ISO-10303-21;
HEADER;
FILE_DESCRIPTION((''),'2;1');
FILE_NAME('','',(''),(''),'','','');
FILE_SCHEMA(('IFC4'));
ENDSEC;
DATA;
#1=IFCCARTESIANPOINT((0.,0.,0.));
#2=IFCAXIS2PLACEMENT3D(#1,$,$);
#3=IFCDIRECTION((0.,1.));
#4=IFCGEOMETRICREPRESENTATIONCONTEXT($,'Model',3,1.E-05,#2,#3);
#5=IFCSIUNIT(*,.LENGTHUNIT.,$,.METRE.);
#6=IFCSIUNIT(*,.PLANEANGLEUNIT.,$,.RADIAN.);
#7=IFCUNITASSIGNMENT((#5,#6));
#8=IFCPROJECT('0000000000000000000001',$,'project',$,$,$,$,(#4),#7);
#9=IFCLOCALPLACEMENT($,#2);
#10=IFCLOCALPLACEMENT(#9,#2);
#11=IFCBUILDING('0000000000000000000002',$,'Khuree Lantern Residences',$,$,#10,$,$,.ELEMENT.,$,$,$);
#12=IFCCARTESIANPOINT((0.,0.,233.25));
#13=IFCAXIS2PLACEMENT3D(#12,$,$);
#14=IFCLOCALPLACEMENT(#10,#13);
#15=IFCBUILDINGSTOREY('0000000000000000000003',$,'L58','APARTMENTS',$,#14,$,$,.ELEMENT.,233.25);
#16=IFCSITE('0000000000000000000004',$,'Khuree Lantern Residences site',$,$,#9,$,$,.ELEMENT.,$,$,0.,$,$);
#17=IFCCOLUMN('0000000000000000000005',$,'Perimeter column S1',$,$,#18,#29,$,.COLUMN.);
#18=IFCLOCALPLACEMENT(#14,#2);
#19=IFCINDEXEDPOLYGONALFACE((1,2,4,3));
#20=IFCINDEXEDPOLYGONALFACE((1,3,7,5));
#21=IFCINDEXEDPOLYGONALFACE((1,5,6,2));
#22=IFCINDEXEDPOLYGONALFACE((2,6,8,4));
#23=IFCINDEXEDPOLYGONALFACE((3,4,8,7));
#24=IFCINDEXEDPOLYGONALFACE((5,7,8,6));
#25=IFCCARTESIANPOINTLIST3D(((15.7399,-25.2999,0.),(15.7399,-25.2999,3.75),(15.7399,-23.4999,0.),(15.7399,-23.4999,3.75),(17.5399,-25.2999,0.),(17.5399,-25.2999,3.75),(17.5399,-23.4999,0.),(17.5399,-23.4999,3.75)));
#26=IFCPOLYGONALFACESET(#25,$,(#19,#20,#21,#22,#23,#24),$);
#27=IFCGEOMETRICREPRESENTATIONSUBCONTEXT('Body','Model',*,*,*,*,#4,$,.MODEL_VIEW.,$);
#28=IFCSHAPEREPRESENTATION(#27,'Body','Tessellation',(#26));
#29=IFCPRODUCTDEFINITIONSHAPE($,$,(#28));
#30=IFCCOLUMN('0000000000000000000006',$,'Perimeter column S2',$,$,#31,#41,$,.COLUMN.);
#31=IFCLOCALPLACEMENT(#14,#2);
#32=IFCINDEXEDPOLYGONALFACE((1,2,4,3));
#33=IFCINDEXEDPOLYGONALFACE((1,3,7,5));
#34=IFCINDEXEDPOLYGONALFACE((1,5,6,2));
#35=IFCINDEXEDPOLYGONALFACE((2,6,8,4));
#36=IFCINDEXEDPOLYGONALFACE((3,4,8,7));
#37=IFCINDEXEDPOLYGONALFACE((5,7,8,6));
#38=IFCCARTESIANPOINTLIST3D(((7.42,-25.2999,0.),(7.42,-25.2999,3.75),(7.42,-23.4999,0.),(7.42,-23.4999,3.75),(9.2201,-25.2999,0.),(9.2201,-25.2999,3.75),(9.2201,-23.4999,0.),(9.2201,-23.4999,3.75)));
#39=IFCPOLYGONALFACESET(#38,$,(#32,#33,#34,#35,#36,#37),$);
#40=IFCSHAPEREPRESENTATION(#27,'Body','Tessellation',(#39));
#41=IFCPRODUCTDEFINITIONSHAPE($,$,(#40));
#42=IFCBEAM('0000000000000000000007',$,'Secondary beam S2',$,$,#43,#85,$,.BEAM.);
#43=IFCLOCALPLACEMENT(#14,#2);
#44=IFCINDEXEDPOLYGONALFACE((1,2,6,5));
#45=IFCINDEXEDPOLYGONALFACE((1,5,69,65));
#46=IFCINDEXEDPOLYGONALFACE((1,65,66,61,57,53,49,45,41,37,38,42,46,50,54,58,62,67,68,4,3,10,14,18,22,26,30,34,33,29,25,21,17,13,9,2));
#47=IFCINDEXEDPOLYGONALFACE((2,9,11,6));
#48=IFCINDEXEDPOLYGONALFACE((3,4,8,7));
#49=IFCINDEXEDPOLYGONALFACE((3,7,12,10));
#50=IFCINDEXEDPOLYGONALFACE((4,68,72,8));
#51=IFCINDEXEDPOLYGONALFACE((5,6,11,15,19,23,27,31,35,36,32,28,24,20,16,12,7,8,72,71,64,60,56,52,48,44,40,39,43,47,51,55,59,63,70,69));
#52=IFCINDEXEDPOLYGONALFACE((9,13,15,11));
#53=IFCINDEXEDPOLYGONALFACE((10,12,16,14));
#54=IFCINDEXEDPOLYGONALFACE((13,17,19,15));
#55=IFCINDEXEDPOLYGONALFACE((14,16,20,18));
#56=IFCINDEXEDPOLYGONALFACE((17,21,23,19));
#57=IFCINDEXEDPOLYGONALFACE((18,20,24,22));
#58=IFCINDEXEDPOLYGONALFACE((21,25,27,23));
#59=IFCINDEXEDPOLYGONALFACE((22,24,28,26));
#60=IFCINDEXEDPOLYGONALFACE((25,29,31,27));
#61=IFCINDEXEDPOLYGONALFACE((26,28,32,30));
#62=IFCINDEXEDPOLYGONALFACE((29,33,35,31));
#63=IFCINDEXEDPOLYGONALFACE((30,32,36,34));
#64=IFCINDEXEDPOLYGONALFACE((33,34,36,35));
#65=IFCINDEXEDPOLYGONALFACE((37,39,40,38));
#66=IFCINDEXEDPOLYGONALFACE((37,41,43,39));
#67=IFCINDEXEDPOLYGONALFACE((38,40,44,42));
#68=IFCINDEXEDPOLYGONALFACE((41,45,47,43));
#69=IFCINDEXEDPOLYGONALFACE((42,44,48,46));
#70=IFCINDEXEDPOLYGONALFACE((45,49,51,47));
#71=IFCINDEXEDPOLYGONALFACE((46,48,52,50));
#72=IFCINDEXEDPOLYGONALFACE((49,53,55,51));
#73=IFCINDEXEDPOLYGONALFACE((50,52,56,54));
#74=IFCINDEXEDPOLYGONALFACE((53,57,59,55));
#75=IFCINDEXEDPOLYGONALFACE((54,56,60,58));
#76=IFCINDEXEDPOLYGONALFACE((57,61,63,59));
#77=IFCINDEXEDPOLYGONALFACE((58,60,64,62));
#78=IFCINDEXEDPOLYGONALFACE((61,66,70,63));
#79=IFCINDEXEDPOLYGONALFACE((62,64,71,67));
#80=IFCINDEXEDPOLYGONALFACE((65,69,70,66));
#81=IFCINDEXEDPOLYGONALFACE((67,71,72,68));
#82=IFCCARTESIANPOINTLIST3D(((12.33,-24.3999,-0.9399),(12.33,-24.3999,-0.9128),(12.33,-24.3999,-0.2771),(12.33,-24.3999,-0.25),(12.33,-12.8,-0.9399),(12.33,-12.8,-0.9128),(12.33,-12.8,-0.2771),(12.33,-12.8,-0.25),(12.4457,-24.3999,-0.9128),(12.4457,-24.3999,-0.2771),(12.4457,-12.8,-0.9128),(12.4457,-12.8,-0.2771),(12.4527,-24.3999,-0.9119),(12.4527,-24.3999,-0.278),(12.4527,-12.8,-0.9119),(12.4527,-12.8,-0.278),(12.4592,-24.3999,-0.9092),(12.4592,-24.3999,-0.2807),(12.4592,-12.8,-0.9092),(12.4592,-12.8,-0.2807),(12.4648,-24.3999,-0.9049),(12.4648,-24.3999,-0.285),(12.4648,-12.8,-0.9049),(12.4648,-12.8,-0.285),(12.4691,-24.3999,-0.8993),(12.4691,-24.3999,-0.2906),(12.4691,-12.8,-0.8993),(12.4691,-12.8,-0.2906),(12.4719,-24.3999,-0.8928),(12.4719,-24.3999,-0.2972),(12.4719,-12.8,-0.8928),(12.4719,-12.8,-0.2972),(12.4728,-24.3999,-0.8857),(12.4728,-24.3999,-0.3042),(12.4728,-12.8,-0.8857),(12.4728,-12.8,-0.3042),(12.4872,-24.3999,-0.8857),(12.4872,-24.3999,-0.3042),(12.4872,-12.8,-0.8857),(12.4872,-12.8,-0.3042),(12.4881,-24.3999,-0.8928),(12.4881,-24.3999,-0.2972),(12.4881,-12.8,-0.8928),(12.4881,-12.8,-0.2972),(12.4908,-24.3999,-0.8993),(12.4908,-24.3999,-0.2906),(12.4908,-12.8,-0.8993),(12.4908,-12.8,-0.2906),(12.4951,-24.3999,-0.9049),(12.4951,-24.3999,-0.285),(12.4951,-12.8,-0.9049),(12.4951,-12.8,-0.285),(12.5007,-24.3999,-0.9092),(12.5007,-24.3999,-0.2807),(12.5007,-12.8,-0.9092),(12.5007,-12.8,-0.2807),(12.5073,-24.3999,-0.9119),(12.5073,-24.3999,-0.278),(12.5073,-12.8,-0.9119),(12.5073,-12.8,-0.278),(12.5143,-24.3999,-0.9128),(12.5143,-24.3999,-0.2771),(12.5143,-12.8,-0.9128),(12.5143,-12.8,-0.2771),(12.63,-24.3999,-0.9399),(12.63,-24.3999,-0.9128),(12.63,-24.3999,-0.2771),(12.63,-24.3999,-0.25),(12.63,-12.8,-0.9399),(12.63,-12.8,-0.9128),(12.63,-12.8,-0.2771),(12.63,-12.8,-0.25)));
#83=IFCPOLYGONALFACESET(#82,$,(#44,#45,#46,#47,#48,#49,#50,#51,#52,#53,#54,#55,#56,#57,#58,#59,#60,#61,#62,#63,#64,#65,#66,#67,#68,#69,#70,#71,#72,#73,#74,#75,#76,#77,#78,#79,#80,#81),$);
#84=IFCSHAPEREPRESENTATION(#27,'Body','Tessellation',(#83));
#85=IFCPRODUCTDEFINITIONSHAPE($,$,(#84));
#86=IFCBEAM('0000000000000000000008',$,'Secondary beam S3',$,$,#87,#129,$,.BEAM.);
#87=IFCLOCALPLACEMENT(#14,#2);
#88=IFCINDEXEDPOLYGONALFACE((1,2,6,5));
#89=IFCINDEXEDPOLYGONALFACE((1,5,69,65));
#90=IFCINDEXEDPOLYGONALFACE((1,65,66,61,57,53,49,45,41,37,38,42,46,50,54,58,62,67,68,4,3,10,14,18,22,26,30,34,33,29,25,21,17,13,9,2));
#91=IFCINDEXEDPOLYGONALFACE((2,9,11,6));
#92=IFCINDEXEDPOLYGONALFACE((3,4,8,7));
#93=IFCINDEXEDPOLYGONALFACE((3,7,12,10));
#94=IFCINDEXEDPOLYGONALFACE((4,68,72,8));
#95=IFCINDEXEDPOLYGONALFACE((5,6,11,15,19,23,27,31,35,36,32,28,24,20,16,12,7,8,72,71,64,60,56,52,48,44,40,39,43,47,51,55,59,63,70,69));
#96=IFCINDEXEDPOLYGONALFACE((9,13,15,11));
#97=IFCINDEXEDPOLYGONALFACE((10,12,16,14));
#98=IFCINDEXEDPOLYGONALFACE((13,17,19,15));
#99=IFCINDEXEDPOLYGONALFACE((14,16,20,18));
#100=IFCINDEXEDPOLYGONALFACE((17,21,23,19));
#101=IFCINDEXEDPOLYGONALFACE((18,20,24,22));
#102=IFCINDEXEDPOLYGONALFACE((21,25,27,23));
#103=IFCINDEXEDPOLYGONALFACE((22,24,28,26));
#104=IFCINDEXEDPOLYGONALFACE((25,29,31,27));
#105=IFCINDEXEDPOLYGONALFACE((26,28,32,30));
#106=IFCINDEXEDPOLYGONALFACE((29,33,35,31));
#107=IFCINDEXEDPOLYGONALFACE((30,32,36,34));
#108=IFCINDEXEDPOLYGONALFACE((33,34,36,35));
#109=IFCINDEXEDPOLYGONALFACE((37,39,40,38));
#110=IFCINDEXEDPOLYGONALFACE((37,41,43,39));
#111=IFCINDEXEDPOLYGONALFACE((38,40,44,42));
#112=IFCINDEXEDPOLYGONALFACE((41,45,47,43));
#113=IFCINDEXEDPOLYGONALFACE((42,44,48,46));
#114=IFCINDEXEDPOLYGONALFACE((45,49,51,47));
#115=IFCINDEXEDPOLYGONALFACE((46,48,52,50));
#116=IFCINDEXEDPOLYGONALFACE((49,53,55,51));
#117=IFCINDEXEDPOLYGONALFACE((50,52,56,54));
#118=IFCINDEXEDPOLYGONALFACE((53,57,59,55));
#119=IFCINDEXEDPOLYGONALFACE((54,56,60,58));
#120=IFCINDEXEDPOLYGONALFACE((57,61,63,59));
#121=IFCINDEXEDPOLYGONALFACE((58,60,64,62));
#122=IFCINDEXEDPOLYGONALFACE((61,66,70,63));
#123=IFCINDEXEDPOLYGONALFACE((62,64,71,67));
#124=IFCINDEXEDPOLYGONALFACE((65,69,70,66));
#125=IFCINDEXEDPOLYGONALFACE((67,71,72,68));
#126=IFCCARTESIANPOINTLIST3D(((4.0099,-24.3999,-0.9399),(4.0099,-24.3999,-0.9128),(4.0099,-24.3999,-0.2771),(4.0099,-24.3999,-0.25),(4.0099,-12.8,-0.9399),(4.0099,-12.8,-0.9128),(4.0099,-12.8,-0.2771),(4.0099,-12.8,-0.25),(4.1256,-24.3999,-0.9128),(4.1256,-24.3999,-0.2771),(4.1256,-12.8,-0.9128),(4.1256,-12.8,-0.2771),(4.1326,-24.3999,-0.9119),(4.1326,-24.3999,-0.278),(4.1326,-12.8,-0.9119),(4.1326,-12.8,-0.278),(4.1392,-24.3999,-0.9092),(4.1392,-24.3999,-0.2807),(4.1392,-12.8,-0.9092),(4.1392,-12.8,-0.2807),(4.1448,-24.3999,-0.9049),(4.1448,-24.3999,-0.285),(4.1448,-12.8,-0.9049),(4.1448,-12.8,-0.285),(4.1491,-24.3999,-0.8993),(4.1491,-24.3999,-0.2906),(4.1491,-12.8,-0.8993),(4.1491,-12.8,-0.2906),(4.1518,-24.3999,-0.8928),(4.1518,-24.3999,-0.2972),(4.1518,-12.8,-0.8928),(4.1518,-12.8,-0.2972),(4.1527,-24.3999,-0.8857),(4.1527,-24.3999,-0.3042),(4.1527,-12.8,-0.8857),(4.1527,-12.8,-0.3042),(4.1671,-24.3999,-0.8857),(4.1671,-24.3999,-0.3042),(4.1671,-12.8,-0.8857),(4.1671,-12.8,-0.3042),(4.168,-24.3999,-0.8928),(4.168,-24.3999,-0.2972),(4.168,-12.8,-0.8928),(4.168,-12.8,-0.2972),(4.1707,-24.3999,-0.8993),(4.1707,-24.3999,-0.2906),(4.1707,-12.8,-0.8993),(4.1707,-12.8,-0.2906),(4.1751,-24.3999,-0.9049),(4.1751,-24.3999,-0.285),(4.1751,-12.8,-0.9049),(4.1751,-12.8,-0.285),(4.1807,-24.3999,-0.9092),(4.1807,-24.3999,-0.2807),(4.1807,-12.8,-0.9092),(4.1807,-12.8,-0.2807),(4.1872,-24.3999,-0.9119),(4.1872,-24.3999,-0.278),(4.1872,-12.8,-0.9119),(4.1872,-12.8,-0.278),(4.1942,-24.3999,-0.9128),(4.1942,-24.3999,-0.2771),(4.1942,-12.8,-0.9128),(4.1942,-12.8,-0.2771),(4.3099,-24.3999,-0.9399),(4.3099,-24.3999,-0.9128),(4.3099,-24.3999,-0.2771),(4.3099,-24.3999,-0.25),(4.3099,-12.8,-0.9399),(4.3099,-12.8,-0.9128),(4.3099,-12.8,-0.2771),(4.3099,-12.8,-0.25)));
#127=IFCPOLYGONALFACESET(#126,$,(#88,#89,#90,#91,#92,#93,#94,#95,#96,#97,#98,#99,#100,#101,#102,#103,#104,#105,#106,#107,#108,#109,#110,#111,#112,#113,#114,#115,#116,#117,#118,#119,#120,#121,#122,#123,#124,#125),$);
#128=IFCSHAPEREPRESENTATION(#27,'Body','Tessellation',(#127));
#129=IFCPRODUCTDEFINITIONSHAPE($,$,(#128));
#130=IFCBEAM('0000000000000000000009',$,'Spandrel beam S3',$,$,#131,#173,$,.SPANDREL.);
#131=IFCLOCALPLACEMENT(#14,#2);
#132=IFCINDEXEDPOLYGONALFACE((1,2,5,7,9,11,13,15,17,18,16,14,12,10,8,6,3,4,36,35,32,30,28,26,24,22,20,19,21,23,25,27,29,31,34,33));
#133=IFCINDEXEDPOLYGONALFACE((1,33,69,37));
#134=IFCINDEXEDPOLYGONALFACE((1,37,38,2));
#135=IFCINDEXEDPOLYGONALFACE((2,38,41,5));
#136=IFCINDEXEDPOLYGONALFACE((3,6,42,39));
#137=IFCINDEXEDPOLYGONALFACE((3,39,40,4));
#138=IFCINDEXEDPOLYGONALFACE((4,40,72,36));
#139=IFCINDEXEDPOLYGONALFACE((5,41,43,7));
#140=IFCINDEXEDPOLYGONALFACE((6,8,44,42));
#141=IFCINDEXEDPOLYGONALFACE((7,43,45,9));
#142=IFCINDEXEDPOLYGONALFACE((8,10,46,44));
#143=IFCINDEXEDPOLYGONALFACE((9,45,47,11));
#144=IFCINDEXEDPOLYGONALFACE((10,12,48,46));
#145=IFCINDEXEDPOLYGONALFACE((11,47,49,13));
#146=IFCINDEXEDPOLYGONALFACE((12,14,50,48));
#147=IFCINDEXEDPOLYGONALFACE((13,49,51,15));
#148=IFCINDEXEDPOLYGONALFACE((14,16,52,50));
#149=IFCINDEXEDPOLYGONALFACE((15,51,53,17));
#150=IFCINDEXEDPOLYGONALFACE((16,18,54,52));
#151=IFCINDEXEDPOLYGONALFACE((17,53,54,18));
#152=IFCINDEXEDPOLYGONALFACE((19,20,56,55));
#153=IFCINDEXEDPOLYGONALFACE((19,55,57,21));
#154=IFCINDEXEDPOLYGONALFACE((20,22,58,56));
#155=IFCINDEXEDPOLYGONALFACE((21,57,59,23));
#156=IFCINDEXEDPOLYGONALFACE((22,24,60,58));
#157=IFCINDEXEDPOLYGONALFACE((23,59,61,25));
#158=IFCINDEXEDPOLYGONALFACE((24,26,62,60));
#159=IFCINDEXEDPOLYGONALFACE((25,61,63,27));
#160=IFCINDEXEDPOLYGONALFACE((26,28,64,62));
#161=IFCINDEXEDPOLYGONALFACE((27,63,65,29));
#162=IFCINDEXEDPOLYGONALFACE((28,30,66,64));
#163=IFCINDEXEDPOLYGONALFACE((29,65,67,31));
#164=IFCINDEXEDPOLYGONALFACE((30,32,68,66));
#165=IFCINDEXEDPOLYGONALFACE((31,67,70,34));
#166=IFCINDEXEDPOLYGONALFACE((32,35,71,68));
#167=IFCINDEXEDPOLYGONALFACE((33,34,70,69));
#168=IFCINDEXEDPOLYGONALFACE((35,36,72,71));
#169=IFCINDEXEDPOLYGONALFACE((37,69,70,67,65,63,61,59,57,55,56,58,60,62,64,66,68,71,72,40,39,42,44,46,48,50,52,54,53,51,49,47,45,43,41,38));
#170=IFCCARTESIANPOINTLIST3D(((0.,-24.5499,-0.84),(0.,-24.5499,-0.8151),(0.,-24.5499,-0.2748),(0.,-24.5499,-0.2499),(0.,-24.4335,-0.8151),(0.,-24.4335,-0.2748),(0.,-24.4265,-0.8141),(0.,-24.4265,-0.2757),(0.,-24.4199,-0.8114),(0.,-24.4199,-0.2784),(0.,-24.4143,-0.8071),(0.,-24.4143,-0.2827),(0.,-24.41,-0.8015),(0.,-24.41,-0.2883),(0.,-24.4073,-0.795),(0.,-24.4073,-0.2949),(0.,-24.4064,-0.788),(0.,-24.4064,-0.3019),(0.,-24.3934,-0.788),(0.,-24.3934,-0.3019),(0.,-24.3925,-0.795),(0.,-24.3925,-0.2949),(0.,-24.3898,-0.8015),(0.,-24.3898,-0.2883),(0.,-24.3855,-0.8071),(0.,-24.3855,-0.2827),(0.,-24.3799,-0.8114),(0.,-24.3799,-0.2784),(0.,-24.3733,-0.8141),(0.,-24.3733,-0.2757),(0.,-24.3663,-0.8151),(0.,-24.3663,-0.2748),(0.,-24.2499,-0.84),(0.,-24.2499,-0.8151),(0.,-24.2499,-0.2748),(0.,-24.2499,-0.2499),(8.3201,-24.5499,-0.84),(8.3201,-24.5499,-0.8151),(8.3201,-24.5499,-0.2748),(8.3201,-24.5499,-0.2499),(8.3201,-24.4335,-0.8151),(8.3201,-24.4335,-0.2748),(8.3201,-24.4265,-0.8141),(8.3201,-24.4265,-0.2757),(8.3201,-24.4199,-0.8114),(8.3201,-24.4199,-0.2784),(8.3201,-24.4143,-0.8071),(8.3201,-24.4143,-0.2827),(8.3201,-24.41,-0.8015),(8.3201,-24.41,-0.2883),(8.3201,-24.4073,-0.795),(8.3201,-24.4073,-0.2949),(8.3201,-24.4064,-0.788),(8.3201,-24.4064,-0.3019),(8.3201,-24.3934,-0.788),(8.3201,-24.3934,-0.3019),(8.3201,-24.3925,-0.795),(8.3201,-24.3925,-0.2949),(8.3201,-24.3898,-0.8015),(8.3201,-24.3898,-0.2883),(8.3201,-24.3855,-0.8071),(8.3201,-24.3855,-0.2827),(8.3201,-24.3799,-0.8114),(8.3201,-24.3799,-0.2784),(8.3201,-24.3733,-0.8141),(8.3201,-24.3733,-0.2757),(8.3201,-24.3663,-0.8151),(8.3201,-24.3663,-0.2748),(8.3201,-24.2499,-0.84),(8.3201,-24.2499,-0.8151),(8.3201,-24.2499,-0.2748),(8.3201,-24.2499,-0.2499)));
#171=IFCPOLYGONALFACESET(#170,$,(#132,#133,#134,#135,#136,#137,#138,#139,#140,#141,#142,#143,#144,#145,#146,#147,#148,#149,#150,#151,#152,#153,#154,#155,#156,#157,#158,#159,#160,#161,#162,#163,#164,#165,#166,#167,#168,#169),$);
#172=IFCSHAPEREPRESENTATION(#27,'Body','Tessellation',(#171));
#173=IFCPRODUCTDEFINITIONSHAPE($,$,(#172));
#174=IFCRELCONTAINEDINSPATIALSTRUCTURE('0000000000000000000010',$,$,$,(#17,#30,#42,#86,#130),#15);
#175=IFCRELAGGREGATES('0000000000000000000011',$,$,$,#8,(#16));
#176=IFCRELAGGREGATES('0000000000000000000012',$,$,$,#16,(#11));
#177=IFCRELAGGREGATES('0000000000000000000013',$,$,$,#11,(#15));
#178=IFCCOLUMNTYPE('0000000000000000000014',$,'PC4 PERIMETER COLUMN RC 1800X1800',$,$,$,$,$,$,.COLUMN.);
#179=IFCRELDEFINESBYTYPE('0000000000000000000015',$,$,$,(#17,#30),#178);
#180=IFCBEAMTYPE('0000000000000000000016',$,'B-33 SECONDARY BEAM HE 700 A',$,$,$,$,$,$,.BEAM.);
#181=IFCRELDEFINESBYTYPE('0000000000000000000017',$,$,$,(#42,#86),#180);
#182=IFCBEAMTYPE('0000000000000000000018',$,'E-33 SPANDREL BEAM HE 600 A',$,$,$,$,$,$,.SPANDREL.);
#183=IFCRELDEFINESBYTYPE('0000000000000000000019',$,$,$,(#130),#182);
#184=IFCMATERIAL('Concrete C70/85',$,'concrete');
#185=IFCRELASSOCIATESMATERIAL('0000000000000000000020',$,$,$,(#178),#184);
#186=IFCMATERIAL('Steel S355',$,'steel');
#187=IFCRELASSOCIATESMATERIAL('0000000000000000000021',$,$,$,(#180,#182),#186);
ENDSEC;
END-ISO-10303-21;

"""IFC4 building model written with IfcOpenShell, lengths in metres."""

from ifc_helpers import new_model, si_unit, direction, frame, origin, origin_2d, place, context, subcontext, project, spatial, rectangle, i_section, extrude, material, material_profile, profile_set, type_object, element, save


model = new_model("IFC4")

# Units and contexts
model_context = context("Model", 3, precision=1e-05, world=origin(), true_north=direction((0.0, 1.0)))
body_context = subcontext(model_context, "Body", "Model", "MODEL_VIEW")
ifc_project = project(units=[si_unit("LENGTHUNIT", "METRE"), si_unit("PLANEANGLEUNIT", "RADIAN")], contexts=[model_context])

# Site, building, storey
site_placement = place(None, origin())
site = spatial("IfcSite", under=ifc_project, at=site_placement, Name="Khuree Lantern Residences site", CompositionType="ELEMENT", RefElevation=0.0)
building_placement = place(site_placement, origin())
building = spatial("IfcBuilding", under=site, at=building_placement, Name="Khuree Lantern Residences", CompositionType="ELEMENT")
storey_placement = place(building_placement, frame((0.0, 0.0, 233.25)))
storey = spatial("IfcBuildingStorey", under=building, at=storey_placement, Name="L58", Description="APARTMENTS", CompositionType="ELEMENT", Elevation=233.25)

# Columns
ifc_material_1 = material(Name="Concrete C70/85", Category="concrete")
ifc_material_profile_1 = material_profile(ifc_material_1, rectangle(XDim=1.8, YDim=1.8, at=origin_2d()), Name="RC 1800X1800")
ifc_profile_set_1 = profile_set([ifc_material_profile_1], Name="Concrete C70/85")
column_type = type_object("IfcColumnType", Name="PC4 PERIMETER COLUMN RC 1800X1800", PredefinedType="COLUMN", material=ifc_profile_set_1)
for number, where, z_axis, x_axis, name in (
    (1, (16.6399, -24.3999, 0.0), (0.0, 0.0, 1.0), (1.0, 0.0, 0.0), "Perimeter column S1"),
    (2, (8.3201, -24.3999, 0.0), (0.0, 0.0, 1.0), (1.0, 0.0, 0.0), "Perimeter column S2"),
):
    element("IfcColumn", number, at=place(storey_placement, frame(where, z_axis=z_axis, x_axis=x_axis)), inside=storey, type_object=column_type, Name=name, PredefinedType="COLUMN", context=body_context, shape_type="SweptSolid", body=[
        extrude(rectangle(XDim=1.8, YDim=1.8, at=origin_2d()), origin(), (0.0, 0.0, 1.0), 3.75),
    ])

# Beams
ifc_material_2 = material(Name="Steel S355", Category="steel")
ifc_material_profile_2 = material_profile(ifc_material_2, i_section(OverallWidth=0.3, OverallDepth=0.6899, WebThickness=0.0144, FlangeThickness=0.0271, FilletRadius=0.0271, at=origin_2d()), Name="HE 700 A")
ifc_profile_set_2 = profile_set([ifc_material_profile_2], Name="Steel S355")
beam_type_1 = type_object("IfcBeamType", Name="B-33 SECONDARY BEAM HE 700 A", PredefinedType="BEAM", material=ifc_profile_set_2)
for number, where, z_axis, x_axis, name in (
    (3, (12.48, -24.3999, -0.595), (0.0, 1.0, 0.0), (-1.0, 0.0, 0.0), "Secondary beam S2"),
    (4, (4.1599, -24.3999, -0.595), (0.0, 1.0, 0.0), (-1.0, 0.0, 0.0), "Secondary beam S3"),
):
    element("IfcBeam", number, at=place(storey_placement, frame(where, z_axis=z_axis, x_axis=x_axis)), inside=storey, type_object=beam_type_1, Name=name, PredefinedType="BEAM", context=body_context, shape_type="SweptSolid", body=[
        extrude(i_section(OverallWidth=0.3, OverallDepth=0.6899, WebThickness=0.0144, FlangeThickness=0.0271, FilletRadius=0.0271, at=origin_2d()), origin(), (0.0, 0.0, 1.0), 11.5999),
    ])
ifc_material_profile_3 = material_profile(ifc_material_2, i_section(OverallWidth=0.3, OverallDepth=0.5901, WebThickness=0.0129, FlangeThickness=0.0249, FilletRadius=0.0271, at=origin_2d()), Name="HE 600 A")
ifc_profile_set_3 = profile_set([ifc_material_profile_3], Name="Steel S355")
beam_type_2 = type_object("IfcBeamType", Name="E-33 SPANDREL BEAM HE 600 A", PredefinedType="SPANDREL", material=ifc_profile_set_3)
for number, where, z_axis, x_axis, name in (
    (5, (8.3201, -24.3999, -0.5449), (-1.0, 0.0, 0.0), (0.0, -1.0, 0.0), "Spandrel beam S3"),
):
    element("IfcBeam", number, at=place(storey_placement, frame(where, z_axis=z_axis, x_axis=x_axis)), inside=storey, type_object=beam_type_2, Name=name, PredefinedType="SPANDREL", context=body_context, shape_type="SweptSolid", body=[
        extrude(i_section(OverallWidth=0.3, OverallDepth=0.5901, WebThickness=0.0129, FlangeThickness=0.0249, FilletRadius=0.0271, at=origin_2d()), origin(), (0.0, 0.0, 1.0), 8.3201),
    ])

save(model, "model.ifc")
